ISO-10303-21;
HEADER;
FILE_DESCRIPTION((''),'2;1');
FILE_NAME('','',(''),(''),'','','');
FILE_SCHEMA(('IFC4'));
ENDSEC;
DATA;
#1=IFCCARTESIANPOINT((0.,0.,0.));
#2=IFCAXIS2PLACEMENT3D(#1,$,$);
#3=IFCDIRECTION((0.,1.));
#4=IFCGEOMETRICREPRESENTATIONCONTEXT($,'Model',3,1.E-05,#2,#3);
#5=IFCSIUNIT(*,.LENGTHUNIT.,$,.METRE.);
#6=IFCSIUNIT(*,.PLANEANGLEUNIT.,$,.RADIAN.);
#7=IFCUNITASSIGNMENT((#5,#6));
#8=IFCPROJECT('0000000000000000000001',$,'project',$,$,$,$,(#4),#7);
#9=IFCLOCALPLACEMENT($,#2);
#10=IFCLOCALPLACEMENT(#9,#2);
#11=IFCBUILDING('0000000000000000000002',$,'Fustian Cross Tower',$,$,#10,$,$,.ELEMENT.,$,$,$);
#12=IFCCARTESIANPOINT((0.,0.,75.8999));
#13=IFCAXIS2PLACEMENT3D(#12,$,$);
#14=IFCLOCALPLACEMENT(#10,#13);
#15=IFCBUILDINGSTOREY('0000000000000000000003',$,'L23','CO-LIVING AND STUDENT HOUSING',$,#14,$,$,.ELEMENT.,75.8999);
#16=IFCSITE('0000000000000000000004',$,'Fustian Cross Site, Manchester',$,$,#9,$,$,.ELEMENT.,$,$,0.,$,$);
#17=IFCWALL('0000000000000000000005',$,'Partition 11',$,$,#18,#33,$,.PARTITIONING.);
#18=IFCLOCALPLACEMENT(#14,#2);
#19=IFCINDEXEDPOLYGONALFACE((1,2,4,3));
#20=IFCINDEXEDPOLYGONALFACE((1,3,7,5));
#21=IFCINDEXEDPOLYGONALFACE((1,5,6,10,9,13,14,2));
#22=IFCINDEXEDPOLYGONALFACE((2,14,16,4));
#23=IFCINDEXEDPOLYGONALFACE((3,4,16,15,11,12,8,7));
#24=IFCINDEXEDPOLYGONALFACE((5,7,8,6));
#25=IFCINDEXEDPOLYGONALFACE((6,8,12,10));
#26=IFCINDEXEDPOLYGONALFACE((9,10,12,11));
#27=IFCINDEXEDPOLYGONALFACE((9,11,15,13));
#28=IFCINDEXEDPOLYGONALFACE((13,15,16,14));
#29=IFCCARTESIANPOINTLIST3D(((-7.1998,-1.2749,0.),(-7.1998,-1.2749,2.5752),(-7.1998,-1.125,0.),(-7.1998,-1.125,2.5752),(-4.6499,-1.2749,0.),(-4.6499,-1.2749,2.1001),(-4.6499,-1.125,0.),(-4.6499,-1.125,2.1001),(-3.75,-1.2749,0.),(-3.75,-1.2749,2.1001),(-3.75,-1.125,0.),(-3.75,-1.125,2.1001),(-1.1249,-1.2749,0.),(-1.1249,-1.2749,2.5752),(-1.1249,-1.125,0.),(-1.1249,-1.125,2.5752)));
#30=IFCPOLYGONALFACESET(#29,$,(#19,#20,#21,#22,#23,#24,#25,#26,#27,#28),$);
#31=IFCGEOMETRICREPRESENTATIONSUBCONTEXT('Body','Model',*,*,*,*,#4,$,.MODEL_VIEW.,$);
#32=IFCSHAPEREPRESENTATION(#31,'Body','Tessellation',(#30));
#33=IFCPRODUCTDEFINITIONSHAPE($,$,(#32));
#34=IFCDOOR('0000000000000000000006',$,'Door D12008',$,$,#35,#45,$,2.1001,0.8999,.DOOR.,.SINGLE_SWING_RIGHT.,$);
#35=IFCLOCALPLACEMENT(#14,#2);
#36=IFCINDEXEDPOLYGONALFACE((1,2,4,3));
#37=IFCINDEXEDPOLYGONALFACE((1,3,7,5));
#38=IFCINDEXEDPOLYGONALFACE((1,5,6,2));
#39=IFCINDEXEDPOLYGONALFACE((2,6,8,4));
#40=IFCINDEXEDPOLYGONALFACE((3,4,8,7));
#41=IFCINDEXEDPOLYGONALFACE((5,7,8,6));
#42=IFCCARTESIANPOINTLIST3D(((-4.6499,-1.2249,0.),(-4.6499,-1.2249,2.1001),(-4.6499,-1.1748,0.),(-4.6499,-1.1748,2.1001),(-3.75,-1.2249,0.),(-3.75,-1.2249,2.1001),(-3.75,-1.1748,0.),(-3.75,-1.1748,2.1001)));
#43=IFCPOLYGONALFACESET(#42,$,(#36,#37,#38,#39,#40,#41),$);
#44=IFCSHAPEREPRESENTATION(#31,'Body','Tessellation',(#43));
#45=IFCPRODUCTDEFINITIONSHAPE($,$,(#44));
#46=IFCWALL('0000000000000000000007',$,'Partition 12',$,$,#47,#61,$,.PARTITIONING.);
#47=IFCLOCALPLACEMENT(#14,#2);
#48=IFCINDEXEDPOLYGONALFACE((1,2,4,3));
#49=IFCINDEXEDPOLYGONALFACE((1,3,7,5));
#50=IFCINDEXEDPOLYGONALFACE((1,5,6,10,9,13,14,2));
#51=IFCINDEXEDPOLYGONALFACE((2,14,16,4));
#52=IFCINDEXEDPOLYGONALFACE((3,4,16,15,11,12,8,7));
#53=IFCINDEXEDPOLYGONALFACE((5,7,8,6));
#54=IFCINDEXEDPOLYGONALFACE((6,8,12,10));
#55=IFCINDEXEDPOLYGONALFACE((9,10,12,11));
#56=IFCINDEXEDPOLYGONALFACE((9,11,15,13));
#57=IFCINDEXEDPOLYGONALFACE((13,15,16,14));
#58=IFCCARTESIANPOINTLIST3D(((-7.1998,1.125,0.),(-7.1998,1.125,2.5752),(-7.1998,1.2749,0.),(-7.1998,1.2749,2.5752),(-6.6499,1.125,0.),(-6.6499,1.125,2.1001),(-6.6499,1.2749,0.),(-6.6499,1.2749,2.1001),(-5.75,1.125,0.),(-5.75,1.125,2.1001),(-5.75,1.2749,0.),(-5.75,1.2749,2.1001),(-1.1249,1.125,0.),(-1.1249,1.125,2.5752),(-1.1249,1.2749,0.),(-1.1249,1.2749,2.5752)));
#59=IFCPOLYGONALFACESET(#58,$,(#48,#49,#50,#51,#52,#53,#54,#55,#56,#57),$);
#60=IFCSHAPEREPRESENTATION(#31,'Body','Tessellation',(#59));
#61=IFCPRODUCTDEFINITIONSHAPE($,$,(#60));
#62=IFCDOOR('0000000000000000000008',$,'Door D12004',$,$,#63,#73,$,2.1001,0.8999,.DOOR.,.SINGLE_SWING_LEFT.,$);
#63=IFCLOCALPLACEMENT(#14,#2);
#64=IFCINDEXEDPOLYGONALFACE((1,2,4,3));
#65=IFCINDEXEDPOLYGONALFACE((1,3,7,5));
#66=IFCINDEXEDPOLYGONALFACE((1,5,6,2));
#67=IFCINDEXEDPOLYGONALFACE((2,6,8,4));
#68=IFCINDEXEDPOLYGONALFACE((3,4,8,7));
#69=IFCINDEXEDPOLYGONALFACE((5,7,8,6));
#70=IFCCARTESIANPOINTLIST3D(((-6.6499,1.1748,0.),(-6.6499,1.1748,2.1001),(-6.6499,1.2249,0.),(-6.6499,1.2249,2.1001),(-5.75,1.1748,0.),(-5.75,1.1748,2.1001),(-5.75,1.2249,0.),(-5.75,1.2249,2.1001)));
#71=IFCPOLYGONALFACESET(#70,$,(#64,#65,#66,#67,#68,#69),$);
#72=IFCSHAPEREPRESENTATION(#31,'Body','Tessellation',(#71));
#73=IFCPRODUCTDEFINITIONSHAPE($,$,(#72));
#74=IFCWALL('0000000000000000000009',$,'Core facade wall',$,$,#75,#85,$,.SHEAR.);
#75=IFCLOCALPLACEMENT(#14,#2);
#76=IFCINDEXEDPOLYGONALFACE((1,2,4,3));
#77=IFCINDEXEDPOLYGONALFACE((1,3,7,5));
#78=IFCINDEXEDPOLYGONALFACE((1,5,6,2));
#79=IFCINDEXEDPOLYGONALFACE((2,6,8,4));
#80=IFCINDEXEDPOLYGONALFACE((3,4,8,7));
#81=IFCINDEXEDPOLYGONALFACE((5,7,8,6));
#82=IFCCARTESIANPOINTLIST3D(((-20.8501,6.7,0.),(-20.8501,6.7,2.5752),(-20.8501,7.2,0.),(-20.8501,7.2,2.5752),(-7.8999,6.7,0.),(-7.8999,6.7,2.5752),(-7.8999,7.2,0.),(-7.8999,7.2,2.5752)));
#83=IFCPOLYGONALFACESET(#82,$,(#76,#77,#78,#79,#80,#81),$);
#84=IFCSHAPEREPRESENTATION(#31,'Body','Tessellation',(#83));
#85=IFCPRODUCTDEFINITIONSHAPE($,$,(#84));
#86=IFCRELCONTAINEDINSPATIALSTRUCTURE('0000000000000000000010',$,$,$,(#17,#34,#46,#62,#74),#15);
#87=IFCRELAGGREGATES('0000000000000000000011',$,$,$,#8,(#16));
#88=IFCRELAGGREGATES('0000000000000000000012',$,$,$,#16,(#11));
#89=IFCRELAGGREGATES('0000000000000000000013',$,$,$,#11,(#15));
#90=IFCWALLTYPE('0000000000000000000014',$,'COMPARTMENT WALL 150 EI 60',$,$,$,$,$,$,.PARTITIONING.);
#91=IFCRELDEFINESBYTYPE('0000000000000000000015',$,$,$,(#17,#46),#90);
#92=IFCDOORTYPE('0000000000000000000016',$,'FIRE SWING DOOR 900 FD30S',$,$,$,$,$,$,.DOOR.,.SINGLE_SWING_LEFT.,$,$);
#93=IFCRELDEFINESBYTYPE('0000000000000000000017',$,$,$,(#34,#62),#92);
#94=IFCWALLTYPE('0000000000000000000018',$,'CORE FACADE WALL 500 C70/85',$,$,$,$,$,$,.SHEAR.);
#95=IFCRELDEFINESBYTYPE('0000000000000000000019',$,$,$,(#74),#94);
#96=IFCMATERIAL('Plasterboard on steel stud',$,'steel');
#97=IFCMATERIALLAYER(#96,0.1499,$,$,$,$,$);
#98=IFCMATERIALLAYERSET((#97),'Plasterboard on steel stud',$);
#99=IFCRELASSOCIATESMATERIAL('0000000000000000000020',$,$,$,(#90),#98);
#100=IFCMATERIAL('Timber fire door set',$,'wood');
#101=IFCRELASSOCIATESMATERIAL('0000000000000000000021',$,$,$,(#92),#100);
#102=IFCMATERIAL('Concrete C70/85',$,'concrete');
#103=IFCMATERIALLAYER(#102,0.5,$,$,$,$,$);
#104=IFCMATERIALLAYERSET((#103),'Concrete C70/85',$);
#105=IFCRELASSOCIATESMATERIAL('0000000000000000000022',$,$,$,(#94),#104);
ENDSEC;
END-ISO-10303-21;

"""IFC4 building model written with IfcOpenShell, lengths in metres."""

from ifc_helpers import new_model, si_unit, direction, frame, frame_2d, origin, place, context, subcontext, project, spatial, rectangle, extrude, material, layer, layer_set, type_object, element, fill, save


model = new_model("IFC4")

# Units and contexts
model_context = context("Model", 3, precision=1e-05, world=origin(), true_north=direction((0.0, 1.0)))
body_context = subcontext(model_context, "Body", "Model", "MODEL_VIEW")
ifc_project = project(units=[si_unit("LENGTHUNIT", "METRE"), si_unit("PLANEANGLEUNIT", "RADIAN")], contexts=[model_context])

# Site, building, storey
site_placement = place(None, origin())
site = spatial("IfcSite", under=ifc_project, at=site_placement, Name="Fustian Cross Site, Manchester", CompositionType="ELEMENT", RefElevation=0.0)
building_placement = place(site_placement, origin())
building = spatial("IfcBuilding", under=site, at=building_placement, Name="Fustian Cross Tower", CompositionType="ELEMENT")
storey_placement = place(building_placement, frame((0.0, 0.0, 75.8999)))
storey = spatial("IfcBuildingStorey", under=building, at=storey_placement, Name="L23", Description="CO-LIVING AND STUDENT HOUSING", CompositionType="ELEMENT", Elevation=75.8999)

# Walls, openings, doors
ifc_material_1 = material(Name="Plasterboard on steel stud", Category="steel")
ifc_layer_1 = layer(ifc_material_1, 0.1499)
ifc_layer_set_1 = layer_set([ifc_layer_1], Name="Plasterboard on steel stud")
wall_type_1 = type_object("IfcWallType", Name="COMPARTMENT WALL 150 EI 60", PredefinedType="PARTITIONING", material=ifc_layer_set_1)
wall_1_placement = place(storey_placement, frame((-7.2, -1.2, 0.0), z_axis=(0.0, 0.0, 1.0), x_axis=(1.0, 0.0, 0.0)))
wall_1 = element("IfcWall", 1, at=wall_1_placement, inside=storey, type_object=wall_type_1, Name="Partition 11", PredefinedType="PARTITIONING", context=body_context, shape_type="SweptSolid", body=[
    extrude(rectangle(XDim=6.075, YDim=0.1499, at=frame_2d((3.0376, 0.0))), origin(), (0.0, 0.0, 1.0), 2.5752),
])
opening_1_placement = place(wall_1_placement, frame((2.55, 0.0, 0.0)))
opening_1 = element("IfcOpeningElement", 2, at=opening_1_placement, cuts=wall_1, PredefinedType="OPENING", context=body_context, shape_type="SweptSolid", body=[
    extrude(rectangle(XDim=0.8999, YDim=2.1001, at=frame_2d((0.45, 1.05))), frame((0.0, 0.085, 0.0), z_axis=(0.0, -1.0, 0.0), x_axis=(1.0, 0.0, 0.0)), (0.0, 0.0, 1.0), 0.1699),
])
ifc_material_2 = material(Name="Timber fire door set", Category="wood")
door_type_1 = type_object("IfcDoorType", Name="FIRE SWING DOOR 900 FD30S", OperationType="SINGLE_SWING_LEFT", PredefinedType="DOOR", material=ifc_material_2)
door_1_placement = place(opening_1_placement, frame((0.8999, 0.0, 0.0), z_axis=(0.0, 0.0, 1.0), x_axis=(-1.0, 0.0, 0.0)))
door_1 = element("IfcDoor", 3, at=door_1_placement, inside=storey, type_object=door_type_1, Name="Door D12008", OperationType="SINGLE_SWING_RIGHT", OverallHeight=2.1001, OverallWidth=0.8999, PredefinedType="DOOR", context=body_context, shape_type="SweptSolid", body=[
    extrude(rectangle(XDim=0.8999, YDim=2.1001, at=frame_2d((0.45, 1.05))), frame((0.0, 0.0249, 0.0), z_axis=(0.0, -1.0, 0.0), x_axis=(1.0, 0.0, 0.0)), (0.0, 0.0, 1.0), 0.05),
])
fill(opening_1, door_1)
wall_2_placement = place(storey_placement, frame((-7.2, 1.2, 0.0), z_axis=(0.0, 0.0, 1.0), x_axis=(1.0, 0.0, 0.0)))
wall_2 = element("IfcWall", 4, at=wall_2_placement, inside=storey, type_object=wall_type_1, Name="Partition 12", PredefinedType="PARTITIONING", context=body_context, shape_type="SweptSolid", body=[
    extrude(rectangle(XDim=6.075, YDim=0.1499, at=frame_2d((3.0376, 0.0))), origin(), (0.0, 0.0, 1.0), 2.5752),
])
opening_2_placement = place(wall_2_placement, frame((0.55, 0.0, 0.0)))
opening_2 = element("IfcOpeningElement", 5, at=opening_2_placement, cuts=wall_2, PredefinedType="OPENING", context=body_context, shape_type="SweptSolid", body=[
    extrude(rectangle(XDim=0.8999, YDim=2.1001, at=frame_2d((0.45, 1.05))), frame((0.0, 0.085, 0.0), z_axis=(0.0, -1.0, 0.0), x_axis=(1.0, 0.0, 0.0)), (0.0, 0.0, 1.0), 0.1699),
])
door_2_placement = place(opening_2_placement, origin())
door_2 = element("IfcDoor", 6, at=door_2_placement, inside=storey, type_object=door_type_1, Name="Door D12004", OperationType="SINGLE_SWING_LEFT", OverallHeight=2.1001, OverallWidth=0.8999, PredefinedType="DOOR", context=body_context, shape_type="SweptSolid", body=[
    extrude(rectangle(XDim=0.8999, YDim=2.1001, at=frame_2d((0.45, 1.05))), frame((0.0, 0.0249, 0.0), z_axis=(0.0, -1.0, 0.0), x_axis=(1.0, 0.0, 0.0)), (0.0, 0.0, 1.0), 0.05),
])
fill(opening_2, door_2)

# Wall
ifc_material_3 = material(Name="Concrete C70/85", Category="concrete")
ifc_layer_2 = layer(ifc_material_3, 0.5)
ifc_layer_set_2 = layer_set([ifc_layer_2], Name="Concrete C70/85")
wall_type_2 = type_object("IfcWallType", Name="CORE FACADE WALL 500 C70/85", PredefinedType="SHEAR", material=ifc_layer_set_2)
wall_3_placement = place(storey_placement, frame((-7.8999, 6.95, 0.0), z_axis=(0.0, 0.0, 1.0), x_axis=(-1.0, 0.0, 0.0)))
element("IfcWall", 7, at=wall_3_placement, inside=storey, type_object=wall_type_2, Name="Core facade wall", PredefinedType="SHEAR", context=body_context, shape_type="SweptSolid", body=[
    extrude(rectangle(XDim=12.9502, YDim=0.5, at=frame_2d((6.4751, 0.0))), origin(), (0.0, 0.0, 1.0), 2.5752),
])

save(model, "model.ifc")
